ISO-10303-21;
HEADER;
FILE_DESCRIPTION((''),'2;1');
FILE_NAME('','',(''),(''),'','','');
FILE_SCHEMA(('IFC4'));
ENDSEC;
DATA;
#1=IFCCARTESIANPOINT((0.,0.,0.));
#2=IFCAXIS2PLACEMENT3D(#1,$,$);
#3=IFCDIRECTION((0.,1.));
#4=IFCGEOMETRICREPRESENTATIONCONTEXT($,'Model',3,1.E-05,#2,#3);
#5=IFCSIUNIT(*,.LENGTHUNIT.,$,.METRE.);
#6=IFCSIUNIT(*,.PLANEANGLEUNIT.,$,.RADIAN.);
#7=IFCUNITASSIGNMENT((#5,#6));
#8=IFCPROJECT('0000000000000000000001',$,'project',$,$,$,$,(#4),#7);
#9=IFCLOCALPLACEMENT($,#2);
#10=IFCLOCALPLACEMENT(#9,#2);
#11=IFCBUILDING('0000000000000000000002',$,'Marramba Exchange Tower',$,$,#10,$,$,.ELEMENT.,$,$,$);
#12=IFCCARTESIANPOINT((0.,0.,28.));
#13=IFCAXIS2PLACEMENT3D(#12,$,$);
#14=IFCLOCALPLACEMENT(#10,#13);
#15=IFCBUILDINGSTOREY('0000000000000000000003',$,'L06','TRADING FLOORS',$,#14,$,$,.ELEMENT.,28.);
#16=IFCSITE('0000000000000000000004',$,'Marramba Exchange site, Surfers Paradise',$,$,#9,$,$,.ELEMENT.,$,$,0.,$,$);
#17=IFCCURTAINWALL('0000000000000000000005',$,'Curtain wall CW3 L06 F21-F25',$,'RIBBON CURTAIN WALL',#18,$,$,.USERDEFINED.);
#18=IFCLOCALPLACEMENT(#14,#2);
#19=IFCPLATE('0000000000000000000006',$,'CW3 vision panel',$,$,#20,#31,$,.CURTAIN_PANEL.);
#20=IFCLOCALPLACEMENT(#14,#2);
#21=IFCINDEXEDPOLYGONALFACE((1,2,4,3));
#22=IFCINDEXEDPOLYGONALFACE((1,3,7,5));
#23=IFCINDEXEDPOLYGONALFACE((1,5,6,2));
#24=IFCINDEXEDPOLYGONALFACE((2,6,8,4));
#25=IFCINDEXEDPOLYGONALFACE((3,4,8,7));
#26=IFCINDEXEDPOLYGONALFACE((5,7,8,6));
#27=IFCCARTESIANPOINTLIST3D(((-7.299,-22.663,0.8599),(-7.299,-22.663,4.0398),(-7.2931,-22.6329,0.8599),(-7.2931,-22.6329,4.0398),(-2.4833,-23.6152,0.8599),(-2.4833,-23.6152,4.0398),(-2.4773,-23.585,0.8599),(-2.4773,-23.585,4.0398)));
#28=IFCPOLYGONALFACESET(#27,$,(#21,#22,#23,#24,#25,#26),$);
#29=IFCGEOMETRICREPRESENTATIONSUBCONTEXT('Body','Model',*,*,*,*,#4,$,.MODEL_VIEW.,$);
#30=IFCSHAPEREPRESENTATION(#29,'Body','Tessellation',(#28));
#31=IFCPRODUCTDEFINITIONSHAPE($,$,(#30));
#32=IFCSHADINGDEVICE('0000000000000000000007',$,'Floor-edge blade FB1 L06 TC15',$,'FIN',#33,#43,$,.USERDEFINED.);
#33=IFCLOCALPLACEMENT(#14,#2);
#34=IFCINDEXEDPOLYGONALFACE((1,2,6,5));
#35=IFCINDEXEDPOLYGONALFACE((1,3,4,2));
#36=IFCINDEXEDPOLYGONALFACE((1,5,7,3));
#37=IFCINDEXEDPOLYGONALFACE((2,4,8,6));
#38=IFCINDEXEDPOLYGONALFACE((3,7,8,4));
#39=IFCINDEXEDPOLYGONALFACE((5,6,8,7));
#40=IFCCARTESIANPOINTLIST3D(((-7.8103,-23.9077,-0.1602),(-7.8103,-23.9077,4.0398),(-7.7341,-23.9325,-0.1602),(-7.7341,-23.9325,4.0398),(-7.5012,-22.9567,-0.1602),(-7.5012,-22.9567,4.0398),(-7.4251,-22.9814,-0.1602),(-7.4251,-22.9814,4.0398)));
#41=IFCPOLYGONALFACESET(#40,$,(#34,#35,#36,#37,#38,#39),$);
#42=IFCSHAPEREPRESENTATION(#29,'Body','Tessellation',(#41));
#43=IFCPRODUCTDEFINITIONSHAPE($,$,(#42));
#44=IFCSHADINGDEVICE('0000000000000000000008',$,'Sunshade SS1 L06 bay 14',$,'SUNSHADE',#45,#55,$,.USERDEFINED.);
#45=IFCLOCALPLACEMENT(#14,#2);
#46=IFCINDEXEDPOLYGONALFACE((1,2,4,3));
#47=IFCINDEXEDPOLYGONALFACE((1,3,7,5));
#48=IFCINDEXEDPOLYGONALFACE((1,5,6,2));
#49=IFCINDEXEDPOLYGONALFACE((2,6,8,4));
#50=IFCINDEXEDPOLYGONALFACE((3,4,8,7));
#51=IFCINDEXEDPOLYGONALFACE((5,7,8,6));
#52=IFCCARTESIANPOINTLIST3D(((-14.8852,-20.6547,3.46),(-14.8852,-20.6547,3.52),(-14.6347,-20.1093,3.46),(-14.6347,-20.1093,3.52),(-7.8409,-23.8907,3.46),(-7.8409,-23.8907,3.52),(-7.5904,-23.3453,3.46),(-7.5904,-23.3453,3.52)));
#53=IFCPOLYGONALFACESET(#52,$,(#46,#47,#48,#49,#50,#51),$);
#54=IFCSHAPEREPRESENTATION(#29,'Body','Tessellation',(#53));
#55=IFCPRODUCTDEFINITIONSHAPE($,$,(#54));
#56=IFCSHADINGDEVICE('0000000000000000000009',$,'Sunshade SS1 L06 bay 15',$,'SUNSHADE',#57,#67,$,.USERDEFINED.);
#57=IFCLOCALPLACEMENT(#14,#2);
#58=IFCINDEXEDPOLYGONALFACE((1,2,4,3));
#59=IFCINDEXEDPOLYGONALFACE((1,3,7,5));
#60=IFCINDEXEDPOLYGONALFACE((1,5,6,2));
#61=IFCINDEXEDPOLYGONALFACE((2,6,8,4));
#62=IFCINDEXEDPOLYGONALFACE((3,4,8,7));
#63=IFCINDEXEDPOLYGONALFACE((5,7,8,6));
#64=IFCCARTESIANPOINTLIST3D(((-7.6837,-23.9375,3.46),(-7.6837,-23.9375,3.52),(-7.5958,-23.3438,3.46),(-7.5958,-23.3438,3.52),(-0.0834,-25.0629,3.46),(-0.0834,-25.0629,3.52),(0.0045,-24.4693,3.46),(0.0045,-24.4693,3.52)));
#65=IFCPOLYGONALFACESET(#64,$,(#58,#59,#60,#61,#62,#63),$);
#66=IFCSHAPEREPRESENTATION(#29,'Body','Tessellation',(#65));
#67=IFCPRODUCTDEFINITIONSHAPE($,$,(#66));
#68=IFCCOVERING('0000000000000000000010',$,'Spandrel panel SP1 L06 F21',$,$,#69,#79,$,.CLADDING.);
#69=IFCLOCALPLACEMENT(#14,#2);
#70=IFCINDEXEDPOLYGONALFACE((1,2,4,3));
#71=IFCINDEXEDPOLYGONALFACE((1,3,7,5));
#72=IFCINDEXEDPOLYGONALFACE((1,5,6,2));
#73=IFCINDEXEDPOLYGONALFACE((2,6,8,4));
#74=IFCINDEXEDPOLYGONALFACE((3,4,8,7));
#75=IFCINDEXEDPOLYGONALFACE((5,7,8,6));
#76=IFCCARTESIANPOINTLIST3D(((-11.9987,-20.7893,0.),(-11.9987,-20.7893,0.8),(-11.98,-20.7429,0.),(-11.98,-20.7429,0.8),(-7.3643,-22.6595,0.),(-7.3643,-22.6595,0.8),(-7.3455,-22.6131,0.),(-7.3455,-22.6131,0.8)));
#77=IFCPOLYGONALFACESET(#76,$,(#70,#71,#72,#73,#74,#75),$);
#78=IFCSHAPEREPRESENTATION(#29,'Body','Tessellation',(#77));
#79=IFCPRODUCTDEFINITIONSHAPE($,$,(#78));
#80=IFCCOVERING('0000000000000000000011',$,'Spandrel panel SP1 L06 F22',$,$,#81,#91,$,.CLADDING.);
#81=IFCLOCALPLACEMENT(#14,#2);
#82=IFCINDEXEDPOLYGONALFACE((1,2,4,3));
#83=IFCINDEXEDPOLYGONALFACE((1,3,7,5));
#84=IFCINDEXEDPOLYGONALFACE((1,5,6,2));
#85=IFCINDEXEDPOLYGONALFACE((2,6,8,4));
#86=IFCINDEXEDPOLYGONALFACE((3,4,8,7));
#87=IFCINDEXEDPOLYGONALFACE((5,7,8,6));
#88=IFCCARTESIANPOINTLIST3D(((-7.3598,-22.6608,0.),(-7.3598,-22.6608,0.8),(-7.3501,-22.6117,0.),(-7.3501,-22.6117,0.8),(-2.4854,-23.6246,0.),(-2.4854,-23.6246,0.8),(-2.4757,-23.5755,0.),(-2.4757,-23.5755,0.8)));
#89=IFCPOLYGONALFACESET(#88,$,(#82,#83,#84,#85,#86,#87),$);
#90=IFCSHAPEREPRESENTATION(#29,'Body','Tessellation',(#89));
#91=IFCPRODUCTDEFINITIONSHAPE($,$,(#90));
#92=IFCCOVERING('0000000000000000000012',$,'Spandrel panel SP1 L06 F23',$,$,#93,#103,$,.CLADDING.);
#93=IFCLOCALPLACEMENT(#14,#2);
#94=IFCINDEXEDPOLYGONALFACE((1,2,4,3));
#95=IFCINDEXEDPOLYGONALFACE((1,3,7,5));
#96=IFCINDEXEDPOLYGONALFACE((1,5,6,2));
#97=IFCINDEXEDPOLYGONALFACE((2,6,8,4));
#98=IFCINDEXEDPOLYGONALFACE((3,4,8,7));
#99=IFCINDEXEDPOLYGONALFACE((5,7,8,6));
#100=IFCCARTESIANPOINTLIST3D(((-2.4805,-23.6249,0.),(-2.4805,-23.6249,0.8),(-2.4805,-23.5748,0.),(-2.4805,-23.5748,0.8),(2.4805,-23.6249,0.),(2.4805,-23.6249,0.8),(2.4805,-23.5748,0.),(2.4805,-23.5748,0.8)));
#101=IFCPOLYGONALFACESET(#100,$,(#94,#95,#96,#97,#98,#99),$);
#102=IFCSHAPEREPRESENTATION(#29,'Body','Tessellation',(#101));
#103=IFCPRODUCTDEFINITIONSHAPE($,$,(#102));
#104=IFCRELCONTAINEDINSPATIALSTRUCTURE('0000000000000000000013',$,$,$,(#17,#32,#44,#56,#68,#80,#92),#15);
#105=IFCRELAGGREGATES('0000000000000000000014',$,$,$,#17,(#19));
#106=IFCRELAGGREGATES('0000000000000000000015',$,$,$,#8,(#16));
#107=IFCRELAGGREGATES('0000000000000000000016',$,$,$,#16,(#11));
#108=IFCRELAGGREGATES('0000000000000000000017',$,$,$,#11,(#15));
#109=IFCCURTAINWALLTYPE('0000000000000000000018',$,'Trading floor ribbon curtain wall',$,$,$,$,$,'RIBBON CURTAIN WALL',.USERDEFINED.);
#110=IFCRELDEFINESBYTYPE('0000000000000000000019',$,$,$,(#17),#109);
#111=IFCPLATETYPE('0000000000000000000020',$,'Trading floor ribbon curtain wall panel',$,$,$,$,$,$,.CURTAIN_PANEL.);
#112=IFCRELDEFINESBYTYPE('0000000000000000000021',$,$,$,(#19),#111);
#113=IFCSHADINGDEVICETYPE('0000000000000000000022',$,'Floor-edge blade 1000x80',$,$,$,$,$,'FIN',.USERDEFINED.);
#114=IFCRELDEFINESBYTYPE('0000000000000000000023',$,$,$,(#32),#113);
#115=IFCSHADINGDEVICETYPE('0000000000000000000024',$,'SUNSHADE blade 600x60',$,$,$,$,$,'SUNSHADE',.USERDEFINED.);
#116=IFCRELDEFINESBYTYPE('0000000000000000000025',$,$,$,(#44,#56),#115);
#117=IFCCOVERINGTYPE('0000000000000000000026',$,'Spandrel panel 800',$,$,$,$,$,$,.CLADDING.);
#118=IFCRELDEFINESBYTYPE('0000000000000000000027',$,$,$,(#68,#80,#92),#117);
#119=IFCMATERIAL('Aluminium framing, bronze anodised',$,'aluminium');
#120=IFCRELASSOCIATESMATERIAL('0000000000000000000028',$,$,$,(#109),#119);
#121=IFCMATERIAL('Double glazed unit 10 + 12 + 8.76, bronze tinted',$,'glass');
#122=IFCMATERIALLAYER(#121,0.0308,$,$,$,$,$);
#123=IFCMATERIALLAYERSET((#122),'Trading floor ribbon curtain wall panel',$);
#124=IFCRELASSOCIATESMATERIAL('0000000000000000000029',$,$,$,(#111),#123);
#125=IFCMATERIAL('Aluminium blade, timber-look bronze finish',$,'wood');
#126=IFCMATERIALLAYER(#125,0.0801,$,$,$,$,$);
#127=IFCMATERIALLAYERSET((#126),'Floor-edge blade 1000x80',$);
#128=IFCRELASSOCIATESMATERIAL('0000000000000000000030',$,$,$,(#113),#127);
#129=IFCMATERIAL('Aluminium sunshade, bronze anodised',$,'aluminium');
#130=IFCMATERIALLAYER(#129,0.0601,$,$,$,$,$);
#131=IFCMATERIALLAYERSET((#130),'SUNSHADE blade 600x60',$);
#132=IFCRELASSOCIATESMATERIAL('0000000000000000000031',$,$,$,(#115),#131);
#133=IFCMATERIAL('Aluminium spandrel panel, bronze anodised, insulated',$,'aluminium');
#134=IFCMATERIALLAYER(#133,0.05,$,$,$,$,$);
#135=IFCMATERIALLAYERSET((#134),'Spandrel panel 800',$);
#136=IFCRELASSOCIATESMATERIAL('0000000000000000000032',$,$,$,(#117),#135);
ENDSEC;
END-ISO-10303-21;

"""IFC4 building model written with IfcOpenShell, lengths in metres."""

from ifc_helpers import new_model, si_unit, direction, frame, origin, origin_2d, place, context, subcontext, project, spatial, rectangle, extrude, material, layer, layer_set, type_object, element, aggregate, save


model = new_model("IFC4")

# Units and contexts
model_context = context("Model", 3, precision=1e-05, world=origin(), true_north=direction((0.0, 1.0)))
body_context = subcontext(model_context, "Body", "Model", "MODEL_VIEW")
ifc_project = project(units=[si_unit("LENGTHUNIT", "METRE"), si_unit("PLANEANGLEUNIT", "RADIAN")], contexts=[model_context])

# Site, building, storey
site_placement = place(None, origin())
site = spatial("IfcSite", under=ifc_project, at=site_placement, Name="Marramba Exchange site, Surfers Paradise", CompositionType="ELEMENT", RefElevation=0.0)
building_placement = place(site_placement, origin())
building = spatial("IfcBuilding", under=site, at=building_placement, Name="Marramba Exchange Tower", CompositionType="ELEMENT")
storey_placement = place(building_placement, frame((0.0, 0.0, 28.0)))
storey = spatial("IfcBuildingStorey", under=building, at=storey_placement, Name="L06", Description="TRADING FLOORS", CompositionType="ELEMENT", Elevation=28.0)

# Curtain wall, plate
ifc_material_1 = material(Name="Aluminium framing, bronze anodised", Category="aluminium")
curtain_wall_type = type_object("IfcCurtainWallType", Name="Trading floor ribbon curtain wall", ElementType="RIBBON CURTAIN WALL", PredefinedType="USERDEFINED", material=ifc_material_1)
curtain_wall_placement = place(storey_placement, origin())
curtain_wall = element("IfcCurtainWall", 1, at=curtain_wall_placement, inside=storey, type_object=curtain_wall_type, Name="Curtain wall CW3 L06 F21-F25", ObjectType="RIBBON CURTAIN WALL", PredefinedType="USERDEFINED")
ifc_material_2 = material(Name="Double glazed unit 10 + 12 + 8.76, bronze tinted", Category="glass")
ifc_layer_1 = layer(ifc_material_2, 0.0308)
ifc_layer_set_1 = layer_set([ifc_layer_1], Name="Trading floor ribbon curtain wall panel")
plate_type = type_object("IfcPlateType", Name="Trading floor ribbon curtain wall panel", PredefinedType="CURTAIN_PANEL", material=ifc_layer_set_1)
plate_1_placement = place(storey_placement, frame((-4.8882, -23.124, 0.8599), z_axis=(0.0, 0.0, 1.0), x_axis=(0.981009, -0.193961, 0.0)))
plate_1 = element("IfcPlate", 2, at=plate_1_placement, type_object=plate_type, Name="CW3 vision panel", PredefinedType="CURTAIN_PANEL", context=body_context, shape_type="SweptSolid", body=[
    extrude(rectangle(XDim=4.9089, YDim=0.0308, at=origin_2d()), origin(), (0.0, 0.0, 1.0), 3.1799),
])
aggregate(curtain_wall, [plate_1])

# Shading devices
ifc_material_3 = material(Name="Aluminium blade, timber-look bronze finish", Category="wood")
ifc_layer_2 = layer(ifc_material_3, 0.0801)
ifc_layer_set_2 = layer_set([ifc_layer_2], Name="Floor-edge blade 1000x80")
shading_device_type_1 = type_object("IfcShadingDeviceType", Name="Floor-edge blade 1000x80", ElementType="FIN", PredefinedType="USERDEFINED", material=ifc_layer_set_2)
shading_device_1_placement = place(storey_placement, frame((-7.6177, -23.4446, -0.1602), z_axis=(0.0, 0.0, 1.0), x_axis=(-0.309017, -0.951057, 0.0)))
element("IfcShadingDevice", 3, at=shading_device_1_placement, inside=storey, type_object=shading_device_type_1, Name="Floor-edge blade FB1 L06 TC15", ObjectType="FIN", PredefinedType="USERDEFINED", context=body_context, shape_type="SweptSolid", body=[
    extrude(rectangle(XDim=1.0, YDim=0.0801, at=origin_2d()), origin(), (0.0, 0.0, 1.0), 4.2),
])
ifc_material_4 = material(Name="Aluminium sunshade, bronze anodised", Category="aluminium")
ifc_layer_3 = layer(ifc_material_4, 0.0601)
ifc_layer_set_3 = layer_set([ifc_layer_3], Name="SUNSHADE blade 600x60")
shading_device_type_2 = type_object("IfcShadingDeviceType", Name="SUNSHADE blade 600x60", ElementType="SUNSHADE", PredefinedType="USERDEFINED", material=ifc_layer_set_3)
shading_device_2_placement = place(storey_placement, frame((-11.2378, -22.0, 3.46), z_axis=(0.0, 0.0, 1.0), x_axis=(0.908704, -0.417442, 0.0)))
element("IfcShadingDevice", 4, at=shading_device_2_placement, inside=storey, type_object=shading_device_type_2, Name="Sunshade SS1 L06 bay 14", ObjectType="SUNSHADE", PredefinedType="USERDEFINED", context=body_context, shape_type="SweptSolid", body=[
    extrude(rectangle(XDim=7.752, YDim=0.6001, at=origin_2d()), origin(), (0.0, 0.0, 1.0), 0.0601),
])
shading_device_3_placement = place(storey_placement, frame((-3.8396, -24.2034, 3.46), z_axis=(0.0, 0.0, 1.0), x_axis=(0.989213, -0.146485, 0.0)))
element("IfcShadingDevice", 5, at=shading_device_3_placement, inside=storey, type_object=shading_device_type_2, Name="Sunshade SS1 L06 bay 15", ObjectType="SUNSHADE", PredefinedType="USERDEFINED", context=body_context, shape_type="SweptSolid", body=[
    extrude(rectangle(XDim=7.6831, YDim=0.6001, at=origin_2d()), origin(), (0.0, 0.0, 1.0), 0.0601),
])

# Coverings
ifc_material_5 = material(Name="Aluminium spandrel panel, bronze anodised, insulated", Category="aluminium")
ifc_layer_4 = layer(ifc_material_5, 0.05)
ifc_layer_set_4 = layer_set([ifc_layer_4], Name="Spandrel panel 800")
covering_type = type_object("IfcCoveringType", Name="Spandrel panel 800", PredefinedType="CLADDING", material=ifc_layer_set_4)
covering_1_placement = place(storey_placement, frame((-9.6721, -21.7012, 0.0), z_axis=(0.0, 0.0, 1.0), x_axis=(0.927341, -0.374218, 0.0)))
element("IfcCovering", 6, at=covering_1_placement, inside=storey, type_object=covering_type, Name="Spandrel panel SP1 L06 F21", PredefinedType="CLADDING", context=body_context, shape_type="SweptSolid", body=[
    extrude(rectangle(XDim=4.9976, YDim=0.05, at=origin_2d()), origin(), (0.0, 0.0, 1.0), 0.8),
])
covering_2_placement = place(storey_placement, frame((-4.9177, -23.1182, 0.0), z_axis=(0.0, 0.0, 1.0), x_axis=(0.981009, -0.193961, 0.0)))
element("IfcCovering", 7, at=covering_2_placement, inside=storey, type_object=covering_type, Name="Spandrel panel SP1 L06 F22", PredefinedType="CLADDING", context=body_context, shape_type="SweptSolid", body=[
    extrude(rectangle(XDim=4.9688, YDim=0.05, at=origin_2d()), origin(), (0.0, 0.0, 1.0), 0.8),
])
covering_3_placement = place(storey_placement, frame((0.0, -23.5999, 0.0), z_axis=(0.0, 0.0, 1.0), x_axis=(1.0, 0.0, 0.0)))
element("IfcCovering", 8, at=covering_3_placement, inside=storey, type_object=covering_type, Name="Spandrel panel SP1 L06 F23", PredefinedType="CLADDING", context=body_context, shape_type="SweptSolid", body=[
    extrude(rectangle(XDim=4.9609, YDim=0.05, at=origin_2d()), origin(), (0.0, 0.0, 1.0), 0.8),
])

save(model, "model.ifc")
